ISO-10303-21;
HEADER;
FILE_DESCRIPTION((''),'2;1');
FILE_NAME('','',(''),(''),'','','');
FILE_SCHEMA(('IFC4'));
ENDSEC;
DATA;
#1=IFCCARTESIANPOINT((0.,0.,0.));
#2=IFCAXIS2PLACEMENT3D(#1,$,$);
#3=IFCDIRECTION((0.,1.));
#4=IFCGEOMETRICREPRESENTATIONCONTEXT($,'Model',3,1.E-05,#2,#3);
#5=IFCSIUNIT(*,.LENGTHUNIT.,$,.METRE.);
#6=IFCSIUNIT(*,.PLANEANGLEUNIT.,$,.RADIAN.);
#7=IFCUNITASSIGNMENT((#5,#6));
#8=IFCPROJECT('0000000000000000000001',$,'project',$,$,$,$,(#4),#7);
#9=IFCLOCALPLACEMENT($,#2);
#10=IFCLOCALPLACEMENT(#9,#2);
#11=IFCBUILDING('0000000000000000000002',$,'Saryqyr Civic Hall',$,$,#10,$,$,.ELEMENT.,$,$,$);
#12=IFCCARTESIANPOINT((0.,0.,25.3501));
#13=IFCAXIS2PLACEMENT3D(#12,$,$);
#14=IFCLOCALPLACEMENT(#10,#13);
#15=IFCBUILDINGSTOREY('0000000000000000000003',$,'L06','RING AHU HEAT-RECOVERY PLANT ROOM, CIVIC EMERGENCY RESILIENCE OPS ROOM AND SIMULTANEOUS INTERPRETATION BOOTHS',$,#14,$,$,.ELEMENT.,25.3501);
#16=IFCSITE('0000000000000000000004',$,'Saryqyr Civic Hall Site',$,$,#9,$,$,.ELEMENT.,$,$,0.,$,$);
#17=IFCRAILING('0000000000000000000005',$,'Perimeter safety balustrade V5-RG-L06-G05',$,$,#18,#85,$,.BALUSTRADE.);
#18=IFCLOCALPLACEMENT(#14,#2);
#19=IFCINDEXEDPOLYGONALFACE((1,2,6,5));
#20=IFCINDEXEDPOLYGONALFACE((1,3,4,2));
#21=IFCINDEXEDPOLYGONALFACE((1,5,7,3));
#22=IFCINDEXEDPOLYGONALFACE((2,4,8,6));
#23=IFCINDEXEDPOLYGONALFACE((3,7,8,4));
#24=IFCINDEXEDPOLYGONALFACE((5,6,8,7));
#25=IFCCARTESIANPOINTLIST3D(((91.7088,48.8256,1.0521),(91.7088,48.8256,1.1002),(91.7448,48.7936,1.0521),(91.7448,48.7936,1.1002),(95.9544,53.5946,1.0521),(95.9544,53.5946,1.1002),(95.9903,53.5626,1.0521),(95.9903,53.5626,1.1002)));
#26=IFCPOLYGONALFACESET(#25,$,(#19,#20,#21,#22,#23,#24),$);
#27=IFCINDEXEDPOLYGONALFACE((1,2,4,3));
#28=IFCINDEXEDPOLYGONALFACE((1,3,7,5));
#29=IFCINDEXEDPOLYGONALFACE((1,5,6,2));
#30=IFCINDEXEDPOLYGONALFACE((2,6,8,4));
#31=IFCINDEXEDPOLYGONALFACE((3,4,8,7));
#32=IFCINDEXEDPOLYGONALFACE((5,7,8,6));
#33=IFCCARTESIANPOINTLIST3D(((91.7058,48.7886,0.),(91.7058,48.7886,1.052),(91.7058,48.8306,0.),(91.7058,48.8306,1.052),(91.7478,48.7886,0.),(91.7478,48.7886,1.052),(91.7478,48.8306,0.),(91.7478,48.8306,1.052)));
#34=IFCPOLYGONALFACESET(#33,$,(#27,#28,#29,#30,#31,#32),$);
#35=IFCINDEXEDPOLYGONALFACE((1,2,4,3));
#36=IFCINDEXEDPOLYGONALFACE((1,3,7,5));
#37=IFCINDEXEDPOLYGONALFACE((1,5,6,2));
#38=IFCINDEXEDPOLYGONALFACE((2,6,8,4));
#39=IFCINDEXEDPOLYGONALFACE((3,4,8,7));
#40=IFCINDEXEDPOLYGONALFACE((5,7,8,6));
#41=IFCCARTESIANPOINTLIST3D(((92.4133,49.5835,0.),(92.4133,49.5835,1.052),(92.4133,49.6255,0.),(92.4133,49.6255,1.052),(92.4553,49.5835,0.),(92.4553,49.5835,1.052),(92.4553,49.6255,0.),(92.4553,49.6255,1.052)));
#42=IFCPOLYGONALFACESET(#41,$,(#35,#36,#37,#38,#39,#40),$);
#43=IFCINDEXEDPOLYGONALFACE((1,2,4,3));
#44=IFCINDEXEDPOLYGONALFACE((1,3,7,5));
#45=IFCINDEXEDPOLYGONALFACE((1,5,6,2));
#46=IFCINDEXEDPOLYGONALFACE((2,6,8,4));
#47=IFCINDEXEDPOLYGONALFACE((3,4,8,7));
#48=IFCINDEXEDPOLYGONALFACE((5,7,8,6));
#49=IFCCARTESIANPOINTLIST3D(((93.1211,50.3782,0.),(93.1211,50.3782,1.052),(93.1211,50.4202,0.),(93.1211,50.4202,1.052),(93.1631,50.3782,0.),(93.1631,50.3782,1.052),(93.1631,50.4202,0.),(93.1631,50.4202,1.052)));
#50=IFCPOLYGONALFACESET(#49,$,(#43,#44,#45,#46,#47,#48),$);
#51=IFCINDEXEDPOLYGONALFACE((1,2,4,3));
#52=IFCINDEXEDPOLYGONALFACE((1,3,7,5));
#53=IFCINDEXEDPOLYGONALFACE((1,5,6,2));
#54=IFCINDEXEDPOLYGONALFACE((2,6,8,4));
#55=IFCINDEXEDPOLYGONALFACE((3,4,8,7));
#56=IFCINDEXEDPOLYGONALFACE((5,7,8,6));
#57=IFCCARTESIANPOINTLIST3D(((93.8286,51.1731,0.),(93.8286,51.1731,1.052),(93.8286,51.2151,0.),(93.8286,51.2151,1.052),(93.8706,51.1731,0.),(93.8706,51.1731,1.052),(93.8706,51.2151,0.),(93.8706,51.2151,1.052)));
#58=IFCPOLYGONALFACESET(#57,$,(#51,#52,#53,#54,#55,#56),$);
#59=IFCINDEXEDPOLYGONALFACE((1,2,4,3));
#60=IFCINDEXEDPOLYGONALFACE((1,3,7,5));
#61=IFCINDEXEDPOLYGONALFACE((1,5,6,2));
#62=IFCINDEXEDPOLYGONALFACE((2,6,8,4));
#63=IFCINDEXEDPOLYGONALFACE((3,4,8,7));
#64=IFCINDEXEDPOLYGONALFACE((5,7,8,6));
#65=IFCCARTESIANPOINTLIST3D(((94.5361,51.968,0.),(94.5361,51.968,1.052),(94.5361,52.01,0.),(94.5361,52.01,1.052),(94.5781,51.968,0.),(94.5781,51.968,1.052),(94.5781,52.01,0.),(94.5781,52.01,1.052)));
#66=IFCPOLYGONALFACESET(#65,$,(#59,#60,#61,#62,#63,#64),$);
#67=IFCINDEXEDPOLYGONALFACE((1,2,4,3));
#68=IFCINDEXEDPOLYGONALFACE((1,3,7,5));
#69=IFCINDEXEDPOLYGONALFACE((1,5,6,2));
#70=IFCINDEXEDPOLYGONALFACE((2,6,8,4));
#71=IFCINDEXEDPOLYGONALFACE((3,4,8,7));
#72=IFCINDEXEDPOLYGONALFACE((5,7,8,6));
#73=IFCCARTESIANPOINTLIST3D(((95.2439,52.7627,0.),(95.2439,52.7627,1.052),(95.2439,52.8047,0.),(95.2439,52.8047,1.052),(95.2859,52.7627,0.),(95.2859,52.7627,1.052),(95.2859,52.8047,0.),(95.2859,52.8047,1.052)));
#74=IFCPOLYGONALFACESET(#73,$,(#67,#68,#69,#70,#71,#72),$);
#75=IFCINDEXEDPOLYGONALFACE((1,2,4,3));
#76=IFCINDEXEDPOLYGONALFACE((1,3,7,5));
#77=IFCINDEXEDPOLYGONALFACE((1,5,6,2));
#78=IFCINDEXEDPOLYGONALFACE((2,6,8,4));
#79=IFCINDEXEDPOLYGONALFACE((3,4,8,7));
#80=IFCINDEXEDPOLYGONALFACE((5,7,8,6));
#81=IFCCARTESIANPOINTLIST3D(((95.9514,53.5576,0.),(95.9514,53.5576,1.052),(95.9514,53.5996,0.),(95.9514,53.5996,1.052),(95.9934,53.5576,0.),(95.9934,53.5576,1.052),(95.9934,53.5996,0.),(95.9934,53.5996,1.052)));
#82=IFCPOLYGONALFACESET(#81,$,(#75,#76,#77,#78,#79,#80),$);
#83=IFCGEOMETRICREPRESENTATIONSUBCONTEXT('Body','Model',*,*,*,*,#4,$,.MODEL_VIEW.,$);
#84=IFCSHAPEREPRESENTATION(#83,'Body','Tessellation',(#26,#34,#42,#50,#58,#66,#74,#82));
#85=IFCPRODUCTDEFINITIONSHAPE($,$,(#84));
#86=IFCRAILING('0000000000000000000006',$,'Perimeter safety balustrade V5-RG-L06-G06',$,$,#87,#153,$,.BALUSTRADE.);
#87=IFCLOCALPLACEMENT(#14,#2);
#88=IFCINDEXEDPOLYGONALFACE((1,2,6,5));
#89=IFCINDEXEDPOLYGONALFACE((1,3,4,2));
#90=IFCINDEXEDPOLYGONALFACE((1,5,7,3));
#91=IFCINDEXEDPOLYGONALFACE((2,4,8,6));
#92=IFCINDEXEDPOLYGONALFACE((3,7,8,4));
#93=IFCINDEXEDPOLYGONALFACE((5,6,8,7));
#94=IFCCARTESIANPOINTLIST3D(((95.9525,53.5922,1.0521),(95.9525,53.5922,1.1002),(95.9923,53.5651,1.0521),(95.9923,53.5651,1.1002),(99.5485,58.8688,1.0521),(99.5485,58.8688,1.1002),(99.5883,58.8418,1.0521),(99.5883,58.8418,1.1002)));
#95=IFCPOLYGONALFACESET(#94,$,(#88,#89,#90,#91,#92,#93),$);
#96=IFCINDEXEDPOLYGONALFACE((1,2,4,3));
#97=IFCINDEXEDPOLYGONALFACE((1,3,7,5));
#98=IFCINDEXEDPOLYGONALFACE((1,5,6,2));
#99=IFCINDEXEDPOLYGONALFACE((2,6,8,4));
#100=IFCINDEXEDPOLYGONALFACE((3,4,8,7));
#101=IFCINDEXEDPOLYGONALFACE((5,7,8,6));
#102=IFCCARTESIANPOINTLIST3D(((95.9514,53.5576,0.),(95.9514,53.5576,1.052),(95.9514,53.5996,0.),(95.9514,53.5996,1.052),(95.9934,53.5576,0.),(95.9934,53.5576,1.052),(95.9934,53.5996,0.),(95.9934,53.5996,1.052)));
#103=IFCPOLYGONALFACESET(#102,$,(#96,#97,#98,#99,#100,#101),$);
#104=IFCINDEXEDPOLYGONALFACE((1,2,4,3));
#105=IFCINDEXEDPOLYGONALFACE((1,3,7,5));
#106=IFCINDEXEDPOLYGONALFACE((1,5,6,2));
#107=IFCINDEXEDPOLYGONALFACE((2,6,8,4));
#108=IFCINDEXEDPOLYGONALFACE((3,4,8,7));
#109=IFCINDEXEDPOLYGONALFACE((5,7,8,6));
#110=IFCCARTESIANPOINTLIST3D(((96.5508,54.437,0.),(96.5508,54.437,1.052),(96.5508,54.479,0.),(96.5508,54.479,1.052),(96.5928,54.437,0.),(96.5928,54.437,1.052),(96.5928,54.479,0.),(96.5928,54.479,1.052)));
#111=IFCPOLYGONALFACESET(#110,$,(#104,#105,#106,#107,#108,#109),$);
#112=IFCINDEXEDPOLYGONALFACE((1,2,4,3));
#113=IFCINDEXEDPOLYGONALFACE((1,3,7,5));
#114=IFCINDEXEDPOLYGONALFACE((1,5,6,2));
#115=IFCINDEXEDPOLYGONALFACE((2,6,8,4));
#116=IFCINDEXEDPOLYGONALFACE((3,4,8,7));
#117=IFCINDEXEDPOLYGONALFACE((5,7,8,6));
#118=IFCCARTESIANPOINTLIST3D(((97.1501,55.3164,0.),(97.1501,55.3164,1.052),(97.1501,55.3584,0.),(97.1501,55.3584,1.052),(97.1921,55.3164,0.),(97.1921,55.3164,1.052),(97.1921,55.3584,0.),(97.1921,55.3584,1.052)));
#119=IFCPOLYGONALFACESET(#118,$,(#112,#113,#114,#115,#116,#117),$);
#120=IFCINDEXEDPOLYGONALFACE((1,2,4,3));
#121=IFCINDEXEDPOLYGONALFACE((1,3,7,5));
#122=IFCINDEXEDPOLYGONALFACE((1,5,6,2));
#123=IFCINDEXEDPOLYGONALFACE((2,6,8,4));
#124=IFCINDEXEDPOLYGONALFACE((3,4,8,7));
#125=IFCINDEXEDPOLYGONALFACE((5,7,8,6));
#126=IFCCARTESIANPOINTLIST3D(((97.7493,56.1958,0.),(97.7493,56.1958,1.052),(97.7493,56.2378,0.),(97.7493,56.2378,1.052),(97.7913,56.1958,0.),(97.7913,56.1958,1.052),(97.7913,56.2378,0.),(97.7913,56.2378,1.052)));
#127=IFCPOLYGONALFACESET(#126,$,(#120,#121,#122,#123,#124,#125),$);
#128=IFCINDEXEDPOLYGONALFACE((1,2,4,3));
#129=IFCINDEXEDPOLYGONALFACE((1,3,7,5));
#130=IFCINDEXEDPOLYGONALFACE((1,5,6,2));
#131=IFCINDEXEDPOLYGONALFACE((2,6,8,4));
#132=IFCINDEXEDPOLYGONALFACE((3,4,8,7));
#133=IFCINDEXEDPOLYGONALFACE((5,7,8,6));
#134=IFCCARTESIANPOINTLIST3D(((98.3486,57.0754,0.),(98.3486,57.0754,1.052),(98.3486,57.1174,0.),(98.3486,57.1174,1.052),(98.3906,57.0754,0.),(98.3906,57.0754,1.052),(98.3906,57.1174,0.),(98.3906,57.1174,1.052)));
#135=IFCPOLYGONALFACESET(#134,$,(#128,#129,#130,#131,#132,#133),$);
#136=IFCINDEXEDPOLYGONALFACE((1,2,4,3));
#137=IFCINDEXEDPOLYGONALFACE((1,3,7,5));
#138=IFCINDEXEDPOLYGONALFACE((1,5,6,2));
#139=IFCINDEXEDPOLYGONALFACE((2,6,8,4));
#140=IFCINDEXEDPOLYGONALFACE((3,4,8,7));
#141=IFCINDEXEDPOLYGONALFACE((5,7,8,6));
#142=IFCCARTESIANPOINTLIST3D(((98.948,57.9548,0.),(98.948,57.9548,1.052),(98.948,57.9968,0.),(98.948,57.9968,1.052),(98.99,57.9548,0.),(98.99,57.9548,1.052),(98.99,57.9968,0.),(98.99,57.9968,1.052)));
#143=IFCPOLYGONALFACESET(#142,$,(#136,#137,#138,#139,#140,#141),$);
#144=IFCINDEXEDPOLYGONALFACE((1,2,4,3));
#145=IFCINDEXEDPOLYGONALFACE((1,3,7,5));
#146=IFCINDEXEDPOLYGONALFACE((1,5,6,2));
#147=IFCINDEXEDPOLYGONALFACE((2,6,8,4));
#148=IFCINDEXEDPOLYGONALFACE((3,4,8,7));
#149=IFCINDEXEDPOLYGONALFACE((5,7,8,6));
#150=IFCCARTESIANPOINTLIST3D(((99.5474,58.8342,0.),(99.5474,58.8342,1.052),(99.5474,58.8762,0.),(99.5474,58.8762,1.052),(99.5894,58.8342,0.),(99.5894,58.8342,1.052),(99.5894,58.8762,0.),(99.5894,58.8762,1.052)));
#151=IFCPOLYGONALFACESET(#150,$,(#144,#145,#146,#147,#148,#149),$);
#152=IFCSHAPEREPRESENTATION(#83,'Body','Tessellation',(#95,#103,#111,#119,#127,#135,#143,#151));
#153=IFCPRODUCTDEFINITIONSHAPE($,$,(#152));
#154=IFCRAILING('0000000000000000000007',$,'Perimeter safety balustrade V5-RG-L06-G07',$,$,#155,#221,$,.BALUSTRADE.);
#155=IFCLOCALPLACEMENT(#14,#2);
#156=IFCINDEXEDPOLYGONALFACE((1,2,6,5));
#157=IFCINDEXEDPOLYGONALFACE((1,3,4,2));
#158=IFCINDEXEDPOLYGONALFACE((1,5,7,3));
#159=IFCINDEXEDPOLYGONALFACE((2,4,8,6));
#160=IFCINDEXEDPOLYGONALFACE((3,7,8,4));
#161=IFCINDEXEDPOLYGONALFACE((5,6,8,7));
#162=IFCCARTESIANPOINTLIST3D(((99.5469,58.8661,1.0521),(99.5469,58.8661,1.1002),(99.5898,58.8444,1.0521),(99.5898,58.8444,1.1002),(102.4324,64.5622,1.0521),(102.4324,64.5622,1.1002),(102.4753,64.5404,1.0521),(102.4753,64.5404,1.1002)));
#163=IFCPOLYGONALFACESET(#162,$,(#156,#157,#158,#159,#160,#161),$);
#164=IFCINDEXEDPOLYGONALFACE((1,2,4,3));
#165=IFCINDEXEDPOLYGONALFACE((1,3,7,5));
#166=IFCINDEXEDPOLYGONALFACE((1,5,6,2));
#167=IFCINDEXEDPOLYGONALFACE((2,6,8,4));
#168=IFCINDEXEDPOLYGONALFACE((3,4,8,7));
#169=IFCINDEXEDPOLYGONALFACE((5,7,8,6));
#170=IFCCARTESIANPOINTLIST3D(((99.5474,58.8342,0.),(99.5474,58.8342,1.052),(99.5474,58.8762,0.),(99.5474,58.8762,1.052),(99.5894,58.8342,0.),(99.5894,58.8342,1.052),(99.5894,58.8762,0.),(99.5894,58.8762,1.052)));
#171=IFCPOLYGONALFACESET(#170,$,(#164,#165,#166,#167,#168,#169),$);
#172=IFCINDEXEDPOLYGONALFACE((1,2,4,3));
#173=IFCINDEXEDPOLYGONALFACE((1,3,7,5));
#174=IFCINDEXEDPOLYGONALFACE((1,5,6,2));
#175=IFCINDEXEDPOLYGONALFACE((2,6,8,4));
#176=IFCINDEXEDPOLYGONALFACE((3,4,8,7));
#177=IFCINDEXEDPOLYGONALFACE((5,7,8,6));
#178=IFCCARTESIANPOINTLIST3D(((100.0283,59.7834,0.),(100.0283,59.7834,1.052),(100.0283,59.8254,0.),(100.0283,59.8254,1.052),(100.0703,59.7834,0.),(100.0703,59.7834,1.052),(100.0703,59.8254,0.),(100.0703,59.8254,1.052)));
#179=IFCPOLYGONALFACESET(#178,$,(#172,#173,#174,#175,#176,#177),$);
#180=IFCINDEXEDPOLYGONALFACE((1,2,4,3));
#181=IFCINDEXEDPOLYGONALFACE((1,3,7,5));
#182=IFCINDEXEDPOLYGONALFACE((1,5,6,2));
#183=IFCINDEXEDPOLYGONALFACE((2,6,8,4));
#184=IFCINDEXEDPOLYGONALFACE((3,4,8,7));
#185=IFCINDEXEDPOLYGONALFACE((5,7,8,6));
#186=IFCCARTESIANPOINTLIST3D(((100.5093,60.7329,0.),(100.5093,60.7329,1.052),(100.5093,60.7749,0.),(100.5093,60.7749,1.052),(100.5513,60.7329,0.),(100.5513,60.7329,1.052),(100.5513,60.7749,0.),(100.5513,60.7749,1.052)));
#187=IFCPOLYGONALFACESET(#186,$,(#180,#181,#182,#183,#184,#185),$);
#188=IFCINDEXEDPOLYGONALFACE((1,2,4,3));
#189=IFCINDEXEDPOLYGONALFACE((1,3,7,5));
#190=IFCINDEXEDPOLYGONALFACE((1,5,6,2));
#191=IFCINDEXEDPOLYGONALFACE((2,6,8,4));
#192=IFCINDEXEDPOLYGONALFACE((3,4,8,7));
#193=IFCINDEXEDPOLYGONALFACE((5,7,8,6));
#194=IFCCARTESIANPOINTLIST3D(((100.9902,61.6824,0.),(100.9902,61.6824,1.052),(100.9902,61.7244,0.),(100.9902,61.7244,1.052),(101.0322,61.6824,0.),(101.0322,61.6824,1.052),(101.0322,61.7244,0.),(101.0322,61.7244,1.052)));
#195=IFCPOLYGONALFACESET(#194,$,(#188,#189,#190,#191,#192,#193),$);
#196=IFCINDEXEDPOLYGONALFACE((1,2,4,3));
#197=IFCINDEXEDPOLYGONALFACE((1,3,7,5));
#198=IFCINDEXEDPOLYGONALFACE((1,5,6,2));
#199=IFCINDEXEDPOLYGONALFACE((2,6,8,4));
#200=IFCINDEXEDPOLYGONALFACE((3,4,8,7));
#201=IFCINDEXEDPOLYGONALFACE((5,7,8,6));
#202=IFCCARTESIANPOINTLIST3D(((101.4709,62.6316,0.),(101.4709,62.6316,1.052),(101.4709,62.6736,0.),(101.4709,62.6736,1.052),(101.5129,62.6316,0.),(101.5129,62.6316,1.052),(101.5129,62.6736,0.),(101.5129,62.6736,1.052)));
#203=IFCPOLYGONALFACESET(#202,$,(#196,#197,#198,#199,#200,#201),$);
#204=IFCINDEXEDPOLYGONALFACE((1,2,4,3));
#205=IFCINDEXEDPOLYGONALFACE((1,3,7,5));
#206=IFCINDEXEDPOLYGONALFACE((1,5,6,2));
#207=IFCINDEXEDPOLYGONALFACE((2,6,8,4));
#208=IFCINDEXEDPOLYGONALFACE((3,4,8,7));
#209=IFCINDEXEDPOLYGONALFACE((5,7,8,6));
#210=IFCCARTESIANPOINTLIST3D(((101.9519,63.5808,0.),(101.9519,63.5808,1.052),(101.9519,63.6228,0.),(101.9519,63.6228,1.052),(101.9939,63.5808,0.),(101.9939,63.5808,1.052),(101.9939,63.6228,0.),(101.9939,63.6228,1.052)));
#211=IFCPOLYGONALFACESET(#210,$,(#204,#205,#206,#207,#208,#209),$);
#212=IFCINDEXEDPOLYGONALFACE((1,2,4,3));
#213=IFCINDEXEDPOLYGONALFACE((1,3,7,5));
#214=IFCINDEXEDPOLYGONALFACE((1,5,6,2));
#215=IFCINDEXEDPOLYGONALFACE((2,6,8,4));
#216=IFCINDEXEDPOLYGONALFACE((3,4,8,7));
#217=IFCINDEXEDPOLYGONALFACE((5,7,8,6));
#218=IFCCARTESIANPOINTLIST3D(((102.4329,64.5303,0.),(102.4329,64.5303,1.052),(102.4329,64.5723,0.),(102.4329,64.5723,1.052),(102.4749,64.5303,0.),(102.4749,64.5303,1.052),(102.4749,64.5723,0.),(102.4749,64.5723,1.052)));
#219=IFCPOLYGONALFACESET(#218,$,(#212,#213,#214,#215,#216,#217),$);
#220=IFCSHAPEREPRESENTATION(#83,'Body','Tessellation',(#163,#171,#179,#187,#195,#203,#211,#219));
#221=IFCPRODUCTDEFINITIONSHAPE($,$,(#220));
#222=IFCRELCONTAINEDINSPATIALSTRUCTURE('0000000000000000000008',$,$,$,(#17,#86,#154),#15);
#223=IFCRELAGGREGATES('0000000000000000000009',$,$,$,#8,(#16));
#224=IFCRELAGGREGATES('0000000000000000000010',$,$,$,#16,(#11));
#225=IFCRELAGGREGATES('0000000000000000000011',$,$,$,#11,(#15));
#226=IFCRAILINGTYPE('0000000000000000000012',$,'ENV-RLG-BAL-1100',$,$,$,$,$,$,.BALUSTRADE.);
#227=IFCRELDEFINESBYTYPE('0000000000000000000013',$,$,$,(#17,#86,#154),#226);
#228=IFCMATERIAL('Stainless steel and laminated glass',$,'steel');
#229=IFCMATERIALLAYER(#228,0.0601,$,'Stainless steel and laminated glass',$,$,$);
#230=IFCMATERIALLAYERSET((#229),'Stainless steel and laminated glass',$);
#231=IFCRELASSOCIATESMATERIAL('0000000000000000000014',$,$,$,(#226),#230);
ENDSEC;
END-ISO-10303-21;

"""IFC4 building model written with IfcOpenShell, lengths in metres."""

from ifc_helpers import new_model, si_unit, direction, frame, origin, origin_2d, place, context, subcontext, project, spatial, rectangle, extrude, material, layer, layer_set, type_object, element, save


model = new_model("IFC4")

# Units and contexts
model_context = context("Model", 3, precision=1e-05, world=origin(), true_north=direction((0.0, 1.0)))
body_context = subcontext(model_context, "Body", "Model", "MODEL_VIEW")
ifc_project = project(units=[si_unit("LENGTHUNIT", "METRE"), si_unit("PLANEANGLEUNIT", "RADIAN")], contexts=[model_context])

# Site, building, storey
site_placement = place(None, origin())
site = spatial("IfcSite", under=ifc_project, at=site_placement, Name="Saryqyr Civic Hall Site", CompositionType="ELEMENT", RefElevation=0.0)
building_placement = place(site_placement, origin())
building = spatial("IfcBuilding", under=site, at=building_placement, Name="Saryqyr Civic Hall", CompositionType="ELEMENT")
storey_placement = place(building_placement, frame((0.0, 0.0, 25.3501)))
storey = spatial("IfcBuildingStorey", under=building, at=storey_placement, Name="L06", Description="RING AHU HEAT-RECOVERY PLANT ROOM, CIVIC EMERGENCY RESILIENCE OPS ROOM AND SIMULTANEOUS INTERPRETATION BOOTHS", CompositionType="ELEMENT", Elevation=25.3501)

# Railings
ifc_material_1 = material(Name="Stainless steel and laminated glass", Category="steel")
ifc_layer_1 = layer(ifc_material_1, 0.0601, Name="Stainless steel and laminated glass")
ifc_layer_set_1 = layer_set([ifc_layer_1], Name="Stainless steel and laminated glass")
railing_type = type_object("IfcRailingType", Name="ENV-RLG-BAL-1100", PredefinedType="BALUSTRADE", material=ifc_layer_set_1)
railing_1_placement = place(storey_placement, frame((91.7268, 48.8096, 0.0)))
element("IfcRailing", 1, at=railing_1_placement, inside=storey, type_object=railing_type, Name="Perimeter safety balustrade V5-RG-L06-G05", PredefinedType="BALUSTRADE", context=body_context, shape_type="SweptSolid", body=[
    extrude(rectangle(XDim=0.0481, YDim=0.0481, at=origin_2d()), frame((0.0, 0.0, 1.0762), z_axis=(0.664928, 0.746907, 0.0), x_axis=(-0.746907, 0.664928, 0.0)), (0.0, 0.0, 1.0), 6.385),
    extrude(rectangle(XDim=0.042, YDim=0.042, at=origin_2d()), origin(), (0.0, 0.0, 1.0), 1.052),
    extrude(rectangle(XDim=0.042, YDim=0.042, at=origin_2d()), frame((0.7075, 0.7949, 0.0)), (0.0, 0.0, 1.0), 1.052),
    extrude(rectangle(XDim=0.042, YDim=0.042, at=origin_2d()), frame((1.4153, 1.5896, 0.0)), (0.0, 0.0, 1.0), 1.052),
    extrude(rectangle(XDim=0.042, YDim=0.042, at=origin_2d()), frame((2.1228, 2.3845, 0.0)), (0.0, 0.0, 1.0), 1.052),
    extrude(rectangle(XDim=0.042, YDim=0.042, at=origin_2d()), frame((2.8303, 3.1794, 0.0)), (0.0, 0.0, 1.0), 1.052),
    extrude(rectangle(XDim=0.042, YDim=0.042, at=origin_2d()), frame((3.5381, 3.9741, 0.0)), (0.0, 0.0, 1.0), 1.052),
    extrude(rectangle(XDim=0.042, YDim=0.042, at=origin_2d()), frame((4.2456, 4.769, 0.0)), (0.0, 0.0, 1.0), 1.052),
])
railing_2_placement = place(storey_placement, frame((95.9724, 53.5786, 0.0)))
element("IfcRailing", 2, at=railing_2_placement, inside=storey, type_object=railing_type, Name="Perimeter safety balustrade V5-RG-L06-G06", PredefinedType="BALUSTRADE", context=body_context, shape_type="SweptSolid", body=[
    extrude(rectangle(XDim=0.0481, YDim=0.0481, at=origin_2d()), frame((0.0, 0.0, 1.0762), z_axis=(0.563151, 0.826354, 0.0), x_axis=(-0.826354, 0.563151, 0.0)), (0.0, 0.0, 1.0), 6.3855),
    extrude(rectangle(XDim=0.042, YDim=0.042, at=origin_2d()), origin(), (0.0, 0.0, 1.0), 1.052),
    extrude(rectangle(XDim=0.042, YDim=0.042, at=origin_2d()), frame((0.5994, 0.8794, 0.0)), (0.0, 0.0, 1.0), 1.052),
    extrude(rectangle(XDim=0.042, YDim=0.042, at=origin_2d()), frame((1.1987, 1.7588, 0.0)), (0.0, 0.0, 1.0), 1.052),
    extrude(rectangle(XDim=0.042, YDim=0.042, at=origin_2d()), frame((1.7979, 2.6382, 0.0)), (0.0, 0.0, 1.0), 1.052),
    extrude(rectangle(XDim=0.042, YDim=0.042, at=origin_2d()), frame((2.3972, 3.5178, 0.0)), (0.0, 0.0, 1.0), 1.052),
    extrude(rectangle(XDim=0.042, YDim=0.042, at=origin_2d()), frame((2.9966, 4.3972, 0.0)), (0.0, 0.0, 1.0), 1.052),
    extrude(rectangle(XDim=0.042, YDim=0.042, at=origin_2d()), frame((3.5959, 5.2766, 0.0)), (0.0, 0.0, 1.0), 1.052),
])
railing_3_placement = place(storey_placement, frame((99.5684, 58.8552, 0.0)))
element("IfcRailing", 3, at=railing_3_placement, inside=storey, type_object=railing_type, Name="Perimeter safety balustrade V5-RG-L06-G07", PredefinedType="BALUSTRADE", context=body_context, shape_type="SweptSolid", body=[
    extrude(rectangle(XDim=0.0481, YDim=0.0481, at=origin_2d()), frame((0.0, 0.0, 1.0762), z_axis=(0.451903, 0.892067, 0.0), x_axis=(-0.892067, 0.451903, 0.0)), (0.0, 0.0, 1.0), 6.3853),
    extrude(rectangle(XDim=0.042, YDim=0.042, at=origin_2d()), origin(), (0.0, 0.0, 1.0), 1.052),
    extrude(rectangle(XDim=0.042, YDim=0.042, at=origin_2d()), frame((0.481, 0.9492, 0.0)), (0.0, 0.0, 1.0), 1.052),
    extrude(rectangle(XDim=0.042, YDim=0.042, at=origin_2d()), frame((0.9619, 1.8987, 0.0)), (0.0, 0.0, 1.0), 1.052),
    extrude(rectangle(XDim=0.042, YDim=0.042, at=origin_2d()), frame((1.4429, 2.8481, 0.0)), (0.0, 0.0, 1.0), 1.052),
    extrude(rectangle(XDim=0.042, YDim=0.042, at=origin_2d()), frame((1.9236, 3.7974, 0.0)), (0.0, 0.0, 1.0), 1.052),
    extrude(rectangle(XDim=0.042, YDim=0.042, at=origin_2d()), frame((2.4045, 4.7466, 0.0)), (0.0, 0.0, 1.0), 1.052),
    extrude(rectangle(XDim=0.042, YDim=0.042, at=origin_2d()), frame((2.8855, 5.696, 0.0)), (0.0, 0.0, 1.0), 1.052),
])

save(model, "model.ifc")
